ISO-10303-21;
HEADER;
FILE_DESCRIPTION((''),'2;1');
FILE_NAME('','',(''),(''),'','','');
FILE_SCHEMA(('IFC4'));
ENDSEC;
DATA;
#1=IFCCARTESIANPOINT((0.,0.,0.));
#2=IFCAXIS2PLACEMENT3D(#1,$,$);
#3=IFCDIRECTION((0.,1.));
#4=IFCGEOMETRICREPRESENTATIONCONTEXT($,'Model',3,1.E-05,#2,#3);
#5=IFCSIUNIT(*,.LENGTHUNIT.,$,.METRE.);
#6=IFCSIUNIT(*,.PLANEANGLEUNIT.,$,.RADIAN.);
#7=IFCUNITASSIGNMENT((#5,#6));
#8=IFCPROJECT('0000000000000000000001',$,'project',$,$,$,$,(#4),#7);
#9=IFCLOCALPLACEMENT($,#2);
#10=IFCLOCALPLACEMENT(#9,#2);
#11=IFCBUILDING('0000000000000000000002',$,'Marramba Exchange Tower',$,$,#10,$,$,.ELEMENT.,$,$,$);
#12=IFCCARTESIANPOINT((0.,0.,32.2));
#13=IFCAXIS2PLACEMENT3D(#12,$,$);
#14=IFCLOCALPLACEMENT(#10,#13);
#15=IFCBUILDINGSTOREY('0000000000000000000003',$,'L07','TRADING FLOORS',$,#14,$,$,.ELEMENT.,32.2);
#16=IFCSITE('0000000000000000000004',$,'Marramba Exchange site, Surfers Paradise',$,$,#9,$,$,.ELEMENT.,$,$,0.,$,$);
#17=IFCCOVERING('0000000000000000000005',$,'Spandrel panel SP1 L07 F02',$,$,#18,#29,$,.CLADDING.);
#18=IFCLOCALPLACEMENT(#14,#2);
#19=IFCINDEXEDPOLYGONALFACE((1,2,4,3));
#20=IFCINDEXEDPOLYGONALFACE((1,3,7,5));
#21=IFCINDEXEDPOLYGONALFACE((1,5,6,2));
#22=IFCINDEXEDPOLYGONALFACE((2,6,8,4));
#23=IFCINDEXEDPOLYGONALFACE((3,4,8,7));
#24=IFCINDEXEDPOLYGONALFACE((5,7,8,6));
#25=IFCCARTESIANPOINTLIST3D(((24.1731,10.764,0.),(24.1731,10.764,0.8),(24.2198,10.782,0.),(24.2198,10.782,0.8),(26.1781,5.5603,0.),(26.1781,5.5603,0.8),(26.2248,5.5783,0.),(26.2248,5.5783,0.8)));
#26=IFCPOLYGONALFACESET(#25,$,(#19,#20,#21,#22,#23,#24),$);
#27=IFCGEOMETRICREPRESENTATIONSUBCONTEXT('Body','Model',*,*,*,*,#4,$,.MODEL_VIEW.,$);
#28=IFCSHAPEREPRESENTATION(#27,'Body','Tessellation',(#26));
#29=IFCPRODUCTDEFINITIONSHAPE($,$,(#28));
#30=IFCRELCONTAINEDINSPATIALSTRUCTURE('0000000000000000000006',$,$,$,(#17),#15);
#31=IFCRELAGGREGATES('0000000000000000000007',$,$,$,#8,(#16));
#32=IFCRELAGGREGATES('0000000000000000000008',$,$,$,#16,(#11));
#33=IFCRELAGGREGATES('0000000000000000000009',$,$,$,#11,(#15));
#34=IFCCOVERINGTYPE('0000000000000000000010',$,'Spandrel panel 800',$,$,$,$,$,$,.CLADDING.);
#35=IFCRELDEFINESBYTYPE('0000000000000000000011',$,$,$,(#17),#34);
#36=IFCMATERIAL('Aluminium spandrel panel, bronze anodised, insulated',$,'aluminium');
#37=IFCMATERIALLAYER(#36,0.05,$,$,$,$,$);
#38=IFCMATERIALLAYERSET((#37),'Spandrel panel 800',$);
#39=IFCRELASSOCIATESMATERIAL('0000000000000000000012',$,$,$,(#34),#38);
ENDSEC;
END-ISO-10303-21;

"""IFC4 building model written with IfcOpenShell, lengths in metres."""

from ifc_helpers import new_model, si_unit, direction, frame, origin, origin_2d, place, context, subcontext, project, spatial, rectangle, extrude, material, layer, layer_set, type_object, element, save


model = new_model("IFC4")

# Units and contexts
model_context = context("Model", 3, precision=1e-05, world=origin(), true_north=direction((0.0, 1.0)))
body_context = subcontext(model_context, "Body", "Model", "MODEL_VIEW")
ifc_project = project(units=[si_unit("LENGTHUNIT", "METRE"), si_unit("PLANEANGLEUNIT", "RADIAN")], contexts=[model_context])

# Site, building, storey
site_placement = place(None, origin())
site = spatial("IfcSite", under=ifc_project, at=site_placement, Name="Marramba Exchange site, Surfers Paradise", CompositionType="ELEMENT", RefElevation=0.0)
building_placement = place(site_placement, origin())
building = spatial("IfcBuilding", under=site, at=building_placement, Name="Marramba Exchange Tower", CompositionType="ELEMENT")
storey_placement = place(building_placement, frame((0.0, 0.0, 32.2)))
storey = spatial("IfcBuildingStorey", under=building, at=storey_placement, Name="L07", Description="TRADING FLOORS", CompositionType="ELEMENT", Elevation=32.2)

# Covering
ifc_material_1 = material(Name="Aluminium spandrel panel, bronze anodised, insulated", Category="aluminium")
ifc_layer_1 = layer(ifc_material_1, 0.05)
ifc_layer_set_1 = layer_set([ifc_layer_1], Name="Spandrel panel 800")
covering_type = type_object("IfcCoveringType", Name="Spandrel panel 800", PredefinedType="CLADDING", material=ifc_layer_set_1)
covering_1_placement = place(storey_placement, frame((25.199, 8.1711, 0.0), z_axis=(0.0, 0.0, 1.0), x_axis=(-0.359526, 0.933135, 0.0)))
element("IfcCovering", 1, at=covering_1_placement, inside=storey, type_object=covering_type, Name="Spandrel panel SP1 L07 F02", PredefinedType="CLADDING", context=body_context, shape_type="SweptSolid", body=[
    extrude(rectangle(XDim=5.5767, YDim=0.05, at=origin_2d()), origin(), (0.0, 0.0, 1.0), 0.8),
])

save(model, "model.ifc")
